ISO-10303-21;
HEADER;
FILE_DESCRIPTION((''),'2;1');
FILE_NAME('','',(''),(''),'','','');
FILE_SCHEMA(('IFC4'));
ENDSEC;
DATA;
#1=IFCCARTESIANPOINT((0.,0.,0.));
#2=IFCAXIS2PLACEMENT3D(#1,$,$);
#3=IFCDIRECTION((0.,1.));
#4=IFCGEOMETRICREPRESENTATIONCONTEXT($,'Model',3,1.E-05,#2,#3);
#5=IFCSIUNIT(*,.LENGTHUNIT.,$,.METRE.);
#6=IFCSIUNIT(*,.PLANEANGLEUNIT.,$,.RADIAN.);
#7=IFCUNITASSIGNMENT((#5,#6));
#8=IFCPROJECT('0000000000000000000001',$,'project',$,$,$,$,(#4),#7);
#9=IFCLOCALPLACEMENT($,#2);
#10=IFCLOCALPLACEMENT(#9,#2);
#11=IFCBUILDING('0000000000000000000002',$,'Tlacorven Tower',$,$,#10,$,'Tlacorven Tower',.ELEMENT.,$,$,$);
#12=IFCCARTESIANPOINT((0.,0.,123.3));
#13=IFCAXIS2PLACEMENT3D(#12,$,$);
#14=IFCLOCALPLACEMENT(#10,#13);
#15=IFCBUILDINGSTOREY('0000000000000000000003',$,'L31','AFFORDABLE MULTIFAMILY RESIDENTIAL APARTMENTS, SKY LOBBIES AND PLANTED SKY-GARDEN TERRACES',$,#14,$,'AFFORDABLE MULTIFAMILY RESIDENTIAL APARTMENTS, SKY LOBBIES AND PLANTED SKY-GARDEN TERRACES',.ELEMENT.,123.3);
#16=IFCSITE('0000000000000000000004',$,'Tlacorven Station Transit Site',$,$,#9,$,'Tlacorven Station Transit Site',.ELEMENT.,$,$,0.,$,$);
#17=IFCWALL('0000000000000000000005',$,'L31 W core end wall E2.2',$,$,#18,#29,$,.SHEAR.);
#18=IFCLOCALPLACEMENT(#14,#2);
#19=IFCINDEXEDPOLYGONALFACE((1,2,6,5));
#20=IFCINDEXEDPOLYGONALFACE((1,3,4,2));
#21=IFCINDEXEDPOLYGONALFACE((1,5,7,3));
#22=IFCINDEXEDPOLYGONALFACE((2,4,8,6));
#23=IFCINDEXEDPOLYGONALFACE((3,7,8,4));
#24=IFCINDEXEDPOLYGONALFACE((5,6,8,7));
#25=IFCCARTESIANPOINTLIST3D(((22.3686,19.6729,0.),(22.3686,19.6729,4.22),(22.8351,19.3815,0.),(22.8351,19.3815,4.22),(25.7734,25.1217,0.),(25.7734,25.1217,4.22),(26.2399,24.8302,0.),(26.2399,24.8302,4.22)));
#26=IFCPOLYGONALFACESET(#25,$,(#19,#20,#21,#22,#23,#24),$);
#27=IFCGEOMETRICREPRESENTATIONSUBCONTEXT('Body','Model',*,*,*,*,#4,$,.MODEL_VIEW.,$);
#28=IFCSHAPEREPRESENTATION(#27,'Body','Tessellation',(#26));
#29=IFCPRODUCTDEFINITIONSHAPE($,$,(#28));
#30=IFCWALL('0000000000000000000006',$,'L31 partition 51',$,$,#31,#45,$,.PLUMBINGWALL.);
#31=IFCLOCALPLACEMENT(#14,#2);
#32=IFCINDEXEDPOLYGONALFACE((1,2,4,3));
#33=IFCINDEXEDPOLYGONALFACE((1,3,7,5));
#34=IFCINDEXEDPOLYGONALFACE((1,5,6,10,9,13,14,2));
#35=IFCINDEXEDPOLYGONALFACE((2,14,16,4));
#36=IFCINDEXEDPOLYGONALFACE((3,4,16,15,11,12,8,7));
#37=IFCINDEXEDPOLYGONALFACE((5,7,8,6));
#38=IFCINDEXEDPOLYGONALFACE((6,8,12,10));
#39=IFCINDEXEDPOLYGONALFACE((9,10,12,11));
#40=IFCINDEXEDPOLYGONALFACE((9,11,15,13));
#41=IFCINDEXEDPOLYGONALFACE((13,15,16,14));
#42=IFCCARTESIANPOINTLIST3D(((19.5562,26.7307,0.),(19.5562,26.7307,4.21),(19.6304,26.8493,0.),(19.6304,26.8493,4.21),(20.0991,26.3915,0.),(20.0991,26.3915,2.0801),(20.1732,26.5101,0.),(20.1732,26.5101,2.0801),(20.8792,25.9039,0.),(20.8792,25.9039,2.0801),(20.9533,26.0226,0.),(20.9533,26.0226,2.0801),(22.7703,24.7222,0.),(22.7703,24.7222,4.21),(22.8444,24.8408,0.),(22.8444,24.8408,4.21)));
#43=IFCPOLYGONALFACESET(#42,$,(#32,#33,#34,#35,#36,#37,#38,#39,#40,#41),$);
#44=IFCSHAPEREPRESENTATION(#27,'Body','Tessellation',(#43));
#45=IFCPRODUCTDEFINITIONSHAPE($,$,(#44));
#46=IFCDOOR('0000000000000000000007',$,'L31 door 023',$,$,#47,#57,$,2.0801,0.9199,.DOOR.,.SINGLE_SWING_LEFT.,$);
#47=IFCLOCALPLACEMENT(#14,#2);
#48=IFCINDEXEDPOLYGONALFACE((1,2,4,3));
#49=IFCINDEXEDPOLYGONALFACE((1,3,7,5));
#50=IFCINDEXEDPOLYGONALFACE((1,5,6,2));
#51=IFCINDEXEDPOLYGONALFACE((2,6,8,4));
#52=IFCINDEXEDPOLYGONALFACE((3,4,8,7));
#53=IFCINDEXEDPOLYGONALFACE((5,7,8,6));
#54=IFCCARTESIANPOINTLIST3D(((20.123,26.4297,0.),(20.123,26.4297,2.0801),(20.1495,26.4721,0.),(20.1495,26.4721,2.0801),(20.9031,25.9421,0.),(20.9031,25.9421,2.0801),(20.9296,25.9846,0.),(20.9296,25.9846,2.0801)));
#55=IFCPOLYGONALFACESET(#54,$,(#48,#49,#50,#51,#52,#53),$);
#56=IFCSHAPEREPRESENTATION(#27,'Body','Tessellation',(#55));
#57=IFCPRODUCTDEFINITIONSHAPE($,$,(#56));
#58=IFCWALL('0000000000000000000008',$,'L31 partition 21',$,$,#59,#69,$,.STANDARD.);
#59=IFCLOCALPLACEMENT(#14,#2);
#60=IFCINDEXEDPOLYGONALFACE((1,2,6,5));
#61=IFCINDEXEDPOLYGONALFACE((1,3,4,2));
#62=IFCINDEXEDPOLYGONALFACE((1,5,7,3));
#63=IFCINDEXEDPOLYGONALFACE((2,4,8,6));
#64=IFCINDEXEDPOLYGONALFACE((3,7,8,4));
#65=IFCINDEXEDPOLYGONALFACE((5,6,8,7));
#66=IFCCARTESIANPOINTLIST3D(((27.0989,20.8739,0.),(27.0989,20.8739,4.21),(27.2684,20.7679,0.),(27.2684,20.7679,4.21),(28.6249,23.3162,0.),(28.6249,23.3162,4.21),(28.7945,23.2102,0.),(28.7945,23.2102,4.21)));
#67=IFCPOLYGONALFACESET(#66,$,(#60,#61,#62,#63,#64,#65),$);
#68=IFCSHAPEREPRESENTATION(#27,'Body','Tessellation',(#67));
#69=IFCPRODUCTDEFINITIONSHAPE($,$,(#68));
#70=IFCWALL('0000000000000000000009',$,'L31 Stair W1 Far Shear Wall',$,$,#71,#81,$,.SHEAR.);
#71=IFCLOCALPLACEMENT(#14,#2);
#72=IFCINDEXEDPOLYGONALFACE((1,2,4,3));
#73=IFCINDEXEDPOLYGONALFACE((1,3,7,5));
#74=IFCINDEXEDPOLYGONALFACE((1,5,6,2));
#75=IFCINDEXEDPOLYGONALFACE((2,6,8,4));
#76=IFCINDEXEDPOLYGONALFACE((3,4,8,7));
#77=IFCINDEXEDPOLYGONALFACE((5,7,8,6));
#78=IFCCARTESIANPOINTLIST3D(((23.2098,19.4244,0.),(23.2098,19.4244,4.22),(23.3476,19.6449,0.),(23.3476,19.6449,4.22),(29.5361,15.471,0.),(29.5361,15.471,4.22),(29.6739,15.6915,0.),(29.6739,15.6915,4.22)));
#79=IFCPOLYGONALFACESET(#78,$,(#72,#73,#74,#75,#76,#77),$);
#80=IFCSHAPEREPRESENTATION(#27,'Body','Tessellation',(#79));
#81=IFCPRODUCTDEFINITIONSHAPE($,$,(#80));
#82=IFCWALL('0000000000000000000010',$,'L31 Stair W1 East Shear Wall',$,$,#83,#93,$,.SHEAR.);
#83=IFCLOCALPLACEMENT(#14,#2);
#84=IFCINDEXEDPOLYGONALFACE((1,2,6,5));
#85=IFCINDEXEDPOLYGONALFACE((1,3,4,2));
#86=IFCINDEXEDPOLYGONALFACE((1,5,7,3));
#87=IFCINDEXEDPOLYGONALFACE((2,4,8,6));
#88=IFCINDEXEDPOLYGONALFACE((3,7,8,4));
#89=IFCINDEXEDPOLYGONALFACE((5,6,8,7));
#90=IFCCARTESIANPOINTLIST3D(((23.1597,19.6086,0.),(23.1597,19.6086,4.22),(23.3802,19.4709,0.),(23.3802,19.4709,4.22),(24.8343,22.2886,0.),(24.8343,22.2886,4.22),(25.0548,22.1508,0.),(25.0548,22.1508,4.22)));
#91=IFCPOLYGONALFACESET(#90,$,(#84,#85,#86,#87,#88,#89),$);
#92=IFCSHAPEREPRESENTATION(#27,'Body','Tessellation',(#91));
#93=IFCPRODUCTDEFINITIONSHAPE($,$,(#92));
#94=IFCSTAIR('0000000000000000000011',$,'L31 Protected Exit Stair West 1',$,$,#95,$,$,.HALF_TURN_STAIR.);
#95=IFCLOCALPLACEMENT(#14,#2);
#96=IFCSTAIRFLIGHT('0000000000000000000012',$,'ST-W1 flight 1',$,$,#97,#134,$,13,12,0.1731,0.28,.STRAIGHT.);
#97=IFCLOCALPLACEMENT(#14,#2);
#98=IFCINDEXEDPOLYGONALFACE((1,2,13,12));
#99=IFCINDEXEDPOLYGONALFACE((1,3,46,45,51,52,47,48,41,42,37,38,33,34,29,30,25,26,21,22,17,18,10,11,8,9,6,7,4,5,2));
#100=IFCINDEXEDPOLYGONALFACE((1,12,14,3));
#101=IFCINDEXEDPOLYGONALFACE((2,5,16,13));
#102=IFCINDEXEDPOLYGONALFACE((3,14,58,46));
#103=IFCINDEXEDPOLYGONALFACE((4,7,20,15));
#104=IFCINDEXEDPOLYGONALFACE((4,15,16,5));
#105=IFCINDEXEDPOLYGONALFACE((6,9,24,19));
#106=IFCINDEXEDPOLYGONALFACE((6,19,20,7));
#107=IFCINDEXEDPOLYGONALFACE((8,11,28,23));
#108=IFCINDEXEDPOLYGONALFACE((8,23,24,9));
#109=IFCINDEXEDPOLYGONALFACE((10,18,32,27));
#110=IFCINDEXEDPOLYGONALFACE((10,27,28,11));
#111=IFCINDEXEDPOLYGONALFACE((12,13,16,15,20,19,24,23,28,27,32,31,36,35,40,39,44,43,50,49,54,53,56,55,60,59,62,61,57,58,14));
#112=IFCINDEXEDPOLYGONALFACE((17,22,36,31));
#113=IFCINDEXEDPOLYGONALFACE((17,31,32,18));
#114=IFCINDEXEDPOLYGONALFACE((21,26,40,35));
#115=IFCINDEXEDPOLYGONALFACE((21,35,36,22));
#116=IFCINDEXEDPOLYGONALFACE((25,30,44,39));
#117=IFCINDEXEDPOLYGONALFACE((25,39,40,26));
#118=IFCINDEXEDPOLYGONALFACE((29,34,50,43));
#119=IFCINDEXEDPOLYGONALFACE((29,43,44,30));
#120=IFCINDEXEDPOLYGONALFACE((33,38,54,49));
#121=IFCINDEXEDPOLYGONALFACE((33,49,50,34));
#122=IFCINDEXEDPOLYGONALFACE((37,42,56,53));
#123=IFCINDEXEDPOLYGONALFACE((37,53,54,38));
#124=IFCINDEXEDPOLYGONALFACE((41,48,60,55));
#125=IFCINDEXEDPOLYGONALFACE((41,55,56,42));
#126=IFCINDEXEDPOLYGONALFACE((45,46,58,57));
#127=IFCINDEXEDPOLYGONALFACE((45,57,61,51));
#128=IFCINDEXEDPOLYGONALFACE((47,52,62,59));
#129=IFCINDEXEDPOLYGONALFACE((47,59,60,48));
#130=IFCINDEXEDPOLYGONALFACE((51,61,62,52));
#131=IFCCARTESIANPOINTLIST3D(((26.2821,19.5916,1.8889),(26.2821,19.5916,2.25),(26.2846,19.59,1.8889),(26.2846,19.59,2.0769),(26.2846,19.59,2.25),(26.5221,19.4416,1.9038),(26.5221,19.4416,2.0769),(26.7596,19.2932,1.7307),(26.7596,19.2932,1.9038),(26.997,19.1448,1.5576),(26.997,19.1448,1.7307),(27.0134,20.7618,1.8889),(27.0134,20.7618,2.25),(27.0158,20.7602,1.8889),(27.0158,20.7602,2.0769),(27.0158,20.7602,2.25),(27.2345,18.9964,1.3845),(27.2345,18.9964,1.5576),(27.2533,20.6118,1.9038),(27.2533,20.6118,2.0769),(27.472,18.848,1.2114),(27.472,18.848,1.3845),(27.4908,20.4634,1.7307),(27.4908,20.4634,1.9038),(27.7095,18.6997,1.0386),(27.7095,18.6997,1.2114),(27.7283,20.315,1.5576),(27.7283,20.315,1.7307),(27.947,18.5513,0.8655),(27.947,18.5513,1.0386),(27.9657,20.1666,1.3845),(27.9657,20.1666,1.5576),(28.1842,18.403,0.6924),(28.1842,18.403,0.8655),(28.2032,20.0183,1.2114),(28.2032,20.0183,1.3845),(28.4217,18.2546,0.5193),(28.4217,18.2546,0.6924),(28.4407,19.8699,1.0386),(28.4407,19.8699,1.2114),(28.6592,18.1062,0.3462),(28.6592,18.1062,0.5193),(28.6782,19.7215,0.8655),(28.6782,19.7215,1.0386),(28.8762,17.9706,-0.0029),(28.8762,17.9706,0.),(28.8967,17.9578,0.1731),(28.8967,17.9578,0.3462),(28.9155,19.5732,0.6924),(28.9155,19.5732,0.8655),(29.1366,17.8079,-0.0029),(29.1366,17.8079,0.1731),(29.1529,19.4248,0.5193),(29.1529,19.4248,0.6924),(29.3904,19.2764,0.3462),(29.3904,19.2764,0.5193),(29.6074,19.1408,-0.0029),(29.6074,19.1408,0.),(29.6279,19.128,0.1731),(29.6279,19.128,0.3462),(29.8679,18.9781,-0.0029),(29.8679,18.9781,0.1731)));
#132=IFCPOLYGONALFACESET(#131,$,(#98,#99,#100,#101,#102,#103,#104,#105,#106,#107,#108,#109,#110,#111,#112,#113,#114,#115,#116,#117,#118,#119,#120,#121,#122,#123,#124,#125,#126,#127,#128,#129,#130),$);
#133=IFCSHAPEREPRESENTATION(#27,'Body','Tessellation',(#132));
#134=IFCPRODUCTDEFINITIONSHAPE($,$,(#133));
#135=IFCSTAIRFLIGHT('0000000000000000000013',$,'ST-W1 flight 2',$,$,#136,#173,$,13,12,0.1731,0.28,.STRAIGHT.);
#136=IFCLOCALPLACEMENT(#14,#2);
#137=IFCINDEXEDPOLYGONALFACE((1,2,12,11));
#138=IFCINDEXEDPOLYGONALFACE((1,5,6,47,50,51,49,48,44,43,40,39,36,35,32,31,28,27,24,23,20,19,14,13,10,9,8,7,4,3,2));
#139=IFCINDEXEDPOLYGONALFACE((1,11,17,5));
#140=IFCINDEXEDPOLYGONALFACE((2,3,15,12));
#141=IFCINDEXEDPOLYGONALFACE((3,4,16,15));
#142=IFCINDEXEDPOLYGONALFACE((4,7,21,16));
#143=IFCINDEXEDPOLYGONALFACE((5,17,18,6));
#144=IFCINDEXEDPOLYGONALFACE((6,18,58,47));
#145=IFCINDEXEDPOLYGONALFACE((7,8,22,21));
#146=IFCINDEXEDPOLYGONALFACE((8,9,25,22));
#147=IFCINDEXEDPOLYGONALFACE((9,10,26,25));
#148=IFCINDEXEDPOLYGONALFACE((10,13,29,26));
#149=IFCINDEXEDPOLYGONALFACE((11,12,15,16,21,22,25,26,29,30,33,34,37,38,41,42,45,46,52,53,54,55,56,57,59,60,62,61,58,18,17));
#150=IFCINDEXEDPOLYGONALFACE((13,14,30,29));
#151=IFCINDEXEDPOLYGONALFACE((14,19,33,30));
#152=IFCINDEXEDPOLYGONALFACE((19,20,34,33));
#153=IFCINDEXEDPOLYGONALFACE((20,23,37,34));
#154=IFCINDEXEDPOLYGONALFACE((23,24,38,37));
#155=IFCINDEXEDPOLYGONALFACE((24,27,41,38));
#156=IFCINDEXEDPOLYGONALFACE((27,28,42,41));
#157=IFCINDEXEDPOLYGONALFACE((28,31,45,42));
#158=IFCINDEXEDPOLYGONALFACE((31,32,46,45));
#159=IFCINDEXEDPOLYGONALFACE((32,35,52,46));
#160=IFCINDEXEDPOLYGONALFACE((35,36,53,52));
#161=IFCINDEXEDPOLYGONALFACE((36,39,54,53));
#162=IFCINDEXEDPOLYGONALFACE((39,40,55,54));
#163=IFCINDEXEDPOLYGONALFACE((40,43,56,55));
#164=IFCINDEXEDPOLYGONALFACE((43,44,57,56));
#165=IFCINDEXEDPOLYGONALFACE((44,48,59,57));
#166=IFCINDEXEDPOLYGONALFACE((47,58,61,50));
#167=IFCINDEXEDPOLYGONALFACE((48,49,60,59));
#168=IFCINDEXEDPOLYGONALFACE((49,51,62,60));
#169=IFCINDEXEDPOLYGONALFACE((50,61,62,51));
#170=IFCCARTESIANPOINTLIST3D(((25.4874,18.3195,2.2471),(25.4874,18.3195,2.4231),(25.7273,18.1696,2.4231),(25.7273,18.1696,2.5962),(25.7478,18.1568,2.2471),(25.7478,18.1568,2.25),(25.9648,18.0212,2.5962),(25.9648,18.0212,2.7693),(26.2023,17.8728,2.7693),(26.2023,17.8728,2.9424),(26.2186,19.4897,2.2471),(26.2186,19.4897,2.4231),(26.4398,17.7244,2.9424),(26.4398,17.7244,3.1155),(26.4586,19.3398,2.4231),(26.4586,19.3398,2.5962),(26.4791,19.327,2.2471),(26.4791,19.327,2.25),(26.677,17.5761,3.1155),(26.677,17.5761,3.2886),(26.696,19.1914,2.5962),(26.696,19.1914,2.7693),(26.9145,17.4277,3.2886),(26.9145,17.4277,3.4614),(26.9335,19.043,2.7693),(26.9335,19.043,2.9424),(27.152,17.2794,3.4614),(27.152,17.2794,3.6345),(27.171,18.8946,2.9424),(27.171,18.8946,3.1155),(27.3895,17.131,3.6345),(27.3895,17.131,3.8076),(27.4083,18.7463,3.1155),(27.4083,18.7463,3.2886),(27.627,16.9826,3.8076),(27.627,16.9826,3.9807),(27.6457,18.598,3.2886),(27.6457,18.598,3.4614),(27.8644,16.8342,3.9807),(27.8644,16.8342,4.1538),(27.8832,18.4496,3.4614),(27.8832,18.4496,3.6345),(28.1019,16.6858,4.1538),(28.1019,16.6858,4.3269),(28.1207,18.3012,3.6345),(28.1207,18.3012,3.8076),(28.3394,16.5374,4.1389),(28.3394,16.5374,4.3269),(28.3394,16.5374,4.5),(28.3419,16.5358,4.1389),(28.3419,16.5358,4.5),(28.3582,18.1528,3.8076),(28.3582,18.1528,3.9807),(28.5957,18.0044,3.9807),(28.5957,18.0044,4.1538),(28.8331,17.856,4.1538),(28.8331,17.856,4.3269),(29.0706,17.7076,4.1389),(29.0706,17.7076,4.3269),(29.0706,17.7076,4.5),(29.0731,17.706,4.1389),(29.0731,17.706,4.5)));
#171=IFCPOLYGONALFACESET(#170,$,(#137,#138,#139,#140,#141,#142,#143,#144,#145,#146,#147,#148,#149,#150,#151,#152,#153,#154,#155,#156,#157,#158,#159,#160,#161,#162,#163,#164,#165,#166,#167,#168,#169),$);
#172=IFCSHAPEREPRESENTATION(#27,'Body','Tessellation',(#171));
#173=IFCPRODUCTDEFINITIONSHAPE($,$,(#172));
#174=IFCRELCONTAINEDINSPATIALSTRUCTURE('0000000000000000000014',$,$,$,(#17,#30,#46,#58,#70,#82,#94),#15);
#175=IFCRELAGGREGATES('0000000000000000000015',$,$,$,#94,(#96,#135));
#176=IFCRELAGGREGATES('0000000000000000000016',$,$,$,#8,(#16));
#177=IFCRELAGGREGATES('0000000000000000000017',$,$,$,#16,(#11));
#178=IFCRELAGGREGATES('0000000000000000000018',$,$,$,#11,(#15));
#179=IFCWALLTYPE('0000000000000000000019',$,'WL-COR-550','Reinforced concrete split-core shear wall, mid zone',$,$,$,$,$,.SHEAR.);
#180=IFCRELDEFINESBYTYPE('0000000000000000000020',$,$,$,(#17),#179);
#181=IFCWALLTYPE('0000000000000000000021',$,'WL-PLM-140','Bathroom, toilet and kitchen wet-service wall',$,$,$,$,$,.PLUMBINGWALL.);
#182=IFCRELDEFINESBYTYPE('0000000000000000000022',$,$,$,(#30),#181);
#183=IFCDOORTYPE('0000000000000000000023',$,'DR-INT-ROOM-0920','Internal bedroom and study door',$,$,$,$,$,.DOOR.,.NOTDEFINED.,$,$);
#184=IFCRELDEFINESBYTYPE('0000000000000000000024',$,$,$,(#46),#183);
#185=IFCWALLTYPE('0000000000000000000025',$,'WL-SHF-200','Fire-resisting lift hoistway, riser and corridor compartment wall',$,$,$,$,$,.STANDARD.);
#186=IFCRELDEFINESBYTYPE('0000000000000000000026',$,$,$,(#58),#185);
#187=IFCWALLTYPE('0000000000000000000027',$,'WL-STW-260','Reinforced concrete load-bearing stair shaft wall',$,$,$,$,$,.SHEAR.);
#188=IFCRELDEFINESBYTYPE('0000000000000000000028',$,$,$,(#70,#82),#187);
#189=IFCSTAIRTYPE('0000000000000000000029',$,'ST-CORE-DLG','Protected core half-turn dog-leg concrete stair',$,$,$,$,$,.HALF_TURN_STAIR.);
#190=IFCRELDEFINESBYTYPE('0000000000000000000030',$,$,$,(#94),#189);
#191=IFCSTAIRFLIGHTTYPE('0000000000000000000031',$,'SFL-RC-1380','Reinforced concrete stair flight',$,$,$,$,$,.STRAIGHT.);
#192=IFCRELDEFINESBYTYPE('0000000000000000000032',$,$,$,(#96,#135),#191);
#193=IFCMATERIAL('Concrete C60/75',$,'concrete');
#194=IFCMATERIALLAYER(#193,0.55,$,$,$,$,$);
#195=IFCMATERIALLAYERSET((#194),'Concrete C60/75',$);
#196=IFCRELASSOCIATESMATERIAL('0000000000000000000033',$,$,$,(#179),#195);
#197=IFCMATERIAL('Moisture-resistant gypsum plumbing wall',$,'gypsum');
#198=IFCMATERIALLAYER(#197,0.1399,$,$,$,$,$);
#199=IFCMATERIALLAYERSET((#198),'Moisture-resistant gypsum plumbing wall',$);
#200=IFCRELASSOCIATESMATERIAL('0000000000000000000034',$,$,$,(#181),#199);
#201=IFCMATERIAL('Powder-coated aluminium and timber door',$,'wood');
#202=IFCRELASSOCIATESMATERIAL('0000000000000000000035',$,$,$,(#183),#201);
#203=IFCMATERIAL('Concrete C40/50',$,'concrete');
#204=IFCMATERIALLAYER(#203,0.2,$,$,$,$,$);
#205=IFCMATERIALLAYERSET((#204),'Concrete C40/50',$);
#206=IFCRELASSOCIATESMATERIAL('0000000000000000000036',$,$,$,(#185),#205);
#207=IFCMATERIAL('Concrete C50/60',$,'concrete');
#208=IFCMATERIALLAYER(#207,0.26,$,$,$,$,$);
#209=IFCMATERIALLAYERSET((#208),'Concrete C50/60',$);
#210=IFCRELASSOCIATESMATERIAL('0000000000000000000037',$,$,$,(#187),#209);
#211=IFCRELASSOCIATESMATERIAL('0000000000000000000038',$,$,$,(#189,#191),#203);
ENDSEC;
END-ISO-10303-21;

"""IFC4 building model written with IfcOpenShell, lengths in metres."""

from ifc_helpers import new_model, si_unit, direction, frame, frame_2d, origin, place, context, subcontext, project, spatial, polyline, rectangle, outline, extrude, source, transform, mapped, material, layer, layer_set, type_object, element, fill, aggregate, save


model = new_model("IFC4")

# Units and contexts
model_context = context("Model", 3, precision=1e-05, world=origin(), true_north=direction((0.0, 1.0)))
body_context = subcontext(model_context, "Body", "Model", "MODEL_VIEW")
ifc_project = project(units=[si_unit("LENGTHUNIT", "METRE"), si_unit("PLANEANGLEUNIT", "RADIAN")], contexts=[model_context])

# Site, building, storey
site_placement = place(None, origin())
site = spatial("IfcSite", under=ifc_project, at=site_placement, Name="Tlacorven Station Transit Site", LongName="Tlacorven Station Transit Site", CompositionType="ELEMENT", RefElevation=0.0)
building_placement = place(site_placement, origin())
building = spatial("IfcBuilding", under=site, at=building_placement, Name="Tlacorven Tower", LongName="Tlacorven Tower", CompositionType="ELEMENT")
storey_placement = place(building_placement, frame((0.0, 0.0, 123.3)))
storey = spatial("IfcBuildingStorey", under=building, at=storey_placement, Name="L31", Description="AFFORDABLE MULTIFAMILY RESIDENTIAL APARTMENTS, SKY LOBBIES AND PLANTED SKY-GARDEN TERRACES", LongName="AFFORDABLE MULTIFAMILY RESIDENTIAL APARTMENTS, SKY LOBBIES AND PLANTED SKY-GARDEN TERRACES", CompositionType="ELEMENT", Elevation=123.3)

# Wall
ifc_material_1 = material(Name="Concrete C60/75", Category="concrete")
ifc_layer_1 = layer(ifc_material_1, 0.55)
ifc_layer_set_1 = layer_set([ifc_layer_1], Name="Concrete C60/75")
wall_type_1 = type_object("IfcWallType", Name="WL-COR-550", Description="Reinforced concrete split-core shear wall, mid zone", PredefinedType="SHEAR", material=ifc_layer_set_1)
wall_1_placement = place(storey_placement, frame((26.0066, 24.9758, 0.0), z_axis=(0.0, 0.0, 1.0), x_axis=(-0.529924, -0.848045, 0.0)))
element("IfcWall", 1, at=wall_1_placement, inside=storey, type_object=wall_type_1, Name="L31 W core end wall E2.2", PredefinedType="SHEAR", context=body_context, shape_type="SweptSolid", body=[
    extrude(rectangle(XDim=6.425, YDim=0.55, at=frame_2d((3.2124, 0.0))), origin(), (0.0, 0.0, 1.0), 4.22),
])

# Wall, opening, door
ifc_material_2 = material(Name="Moisture-resistant gypsum plumbing wall", Category="gypsum")
ifc_layer_2 = layer(ifc_material_2, 0.1399)
ifc_layer_set_2 = layer_set([ifc_layer_2], Name="Moisture-resistant gypsum plumbing wall")
wall_type_2 = type_object("IfcWallType", Name="WL-PLM-140", Description="Bathroom, toilet and kitchen wet-service wall", PredefinedType="PLUMBINGWALL", material=ifc_layer_set_2)
wall_2_placement = place(storey_placement, frame((22.8074, 24.7815, 0.0), z_axis=(0.0, 0.0, 1.0), x_axis=(-0.848031, 0.529947, 0.0)))
wall_2 = element("IfcWall", 2, at=wall_2_placement, inside=storey, type_object=wall_type_2, Name="L31 partition 51", PredefinedType="PLUMBINGWALL", context=body_context, shape_type="SweptSolid", body=[
    extrude(rectangle(XDim=3.79, YDim=0.1399, at=frame_2d((1.895, 0.0))), origin(), (0.0, 0.0, 1.0), 4.21),
])
opening_placement = place(wall_2_placement, frame((2.23, 0.0, 0.0)))
opening = element("IfcOpeningElement", 3, at=opening_placement, cuts=wall_2, PredefinedType="OPENING", context=body_context, shape_type="SweptSolid", body=[
    extrude(rectangle(XDim=0.9199, YDim=2.0801, at=frame_2d((0.46, 1.04))), frame((0.0, 0.0801, 0.0), z_axis=(0.0, -1.0, 0.0), x_axis=(1.0, 0.0, 0.0)), (0.0, 0.0, 1.0), 0.1599),
])
ifc_material_3 = material(Name="Powder-coated aluminium and timber door", Category="wood")
door_type = type_object("IfcDoorType", Name="DR-INT-ROOM-0920", Description="Internal bedroom and study door", OperationType="NOTDEFINED", PredefinedType="DOOR", material=ifc_material_3)
shared_shape_1 = source(origin(), body_context, "Body", "SweptSolid", [
    extrude(rectangle(XDim=0.9199, YDim=2.0801, at=frame_2d((0.46, 1.04))), frame((0.0, 0.0249, 0.0), z_axis=(0.0, -1.0, 0.0), x_axis=(1.0, 0.0, 0.0)), (0.0, 0.0, 1.0), 0.05),
])
door_placement = place(opening_placement, origin())
door = element("IfcDoor", 4, at=door_placement, inside=storey, type_object=door_type, Name="L31 door 023", OperationType="SINGLE_SWING_LEFT", OverallHeight=2.0801, OverallWidth=0.9199, PredefinedType="DOOR", context=body_context, shape_type="MappedRepresentation", body=[
    mapped(shared_shape_1, transform((0.0, 0.0, 0.0), scale=1.0)),
])
fill(opening, door)

# Walls
ifc_material_4 = material(Name="Concrete C40/50", Category="concrete")
ifc_layer_3 = layer(ifc_material_4, 0.2)
ifc_layer_set_3 = layer_set([ifc_layer_3], Name="Concrete C40/50")
wall_type_3 = type_object("IfcWallType", Name="WL-SHF-200", Description="Fire-resisting lift hoistway, riser and corridor compartment wall", PredefinedType="STANDARD", material=ifc_layer_set_3)
wall_3_placement = place(storey_placement, frame((28.7097, 23.2632, 0.0), z_axis=(0.0, 0.0, 1.0), x_axis=(-0.529907, -0.848055, 0.0)))
element("IfcWall", 5, at=wall_3_placement, inside=storey, type_object=wall_type_3, Name="L31 partition 21", PredefinedType="STANDARD", context=body_context, shape_type="SweptSolid", body=[
    extrude(rectangle(XDim=2.8799, YDim=0.2, at=frame_2d((1.4399, 0.0))), origin(), (0.0, 0.0, 1.0), 4.21),
])
ifc_material_5 = material(Name="Concrete C50/60", Category="concrete")
ifc_layer_4 = layer(ifc_material_5, 0.26)
ifc_layer_set_4 = layer_set([ifc_layer_4], Name="Concrete C50/60")
wall_type_4 = type_object("IfcWallType", Name="WL-STW-260", Description="Reinforced concrete load-bearing stair shaft wall", PredefinedType="SHEAR", material=ifc_layer_set_4)
wall_4_placement = place(storey_placement, frame((29.605, 15.5813, 0.0), z_axis=(0.0, 0.0, 1.0), x_axis=(-0.848037, 0.529937, 0.0)))
element("IfcWall", 6, at=wall_4_placement, inside=storey, type_object=wall_type_4, Name="L31 Stair W1 Far Shear Wall", PredefinedType="SHEAR", context=body_context, shape_type="SweptSolid", body=[
    extrude(rectangle(XDim=7.46, YDim=0.26, at=frame_2d((3.73, 0.0))), origin(), (0.0, 0.0, 1.0), 4.22),
])
wall_5_placement = place(storey_placement, frame((24.9446, 22.2197, 0.0), z_axis=(0.0, 0.0, 1.0), x_axis=(-0.529909, -0.848055, 0.0)))
element("IfcWall", 7, at=wall_5_placement, inside=storey, type_object=wall_type_4, Name="L31 Stair W1 East Shear Wall", PredefinedType="SHEAR", context=body_context, shape_type="SweptSolid", body=[
    extrude(rectangle(XDim=3.1602, YDim=0.26, at=frame_2d((1.5801, 0.0))), origin(), (0.0, 0.0, 1.0), 4.22),
])

# Stair, stair flights
stair_type = type_object("IfcStairType", Name="ST-CORE-DLG", Description="Protected core half-turn dog-leg concrete stair", PredefinedType="HALF_TURN_STAIR", material=ifc_material_4)
stair_placement = place(storey_placement, origin())
stair = element("IfcStair", 8, at=stair_placement, inside=storey, type_object=stair_type, Name="L31 Protected Exit Stair West 1", PredefinedType="HALF_TURN_STAIR")
stair_flight_type = type_object("IfcStairFlightType", Name="SFL-RC-1380", Description="Reinforced concrete stair flight", PredefinedType="STRAIGHT", material=ifc_material_4)
shared_shape_2 = source(origin(), body_context, "Body", "SweptSolid", [
    extrude(outline(polyline([(-0.0029, -0.0029), (-0.0029, 0.1731), (0.28, 0.1731), (0.28, 0.3462), (0.5601, 0.3462), (0.5601, 0.5193), (0.8401, 0.5193), (0.8401, 0.6924), (1.1201, 0.6924), (1.1201, 0.8655), (1.3999, 0.8655), (1.3999, 1.0386), (1.6799, 1.0386), (1.6799, 1.2114), (1.96, 1.2114), (1.96, 1.3845), (2.24, 1.3845), (2.24, 1.5576), (2.52, 1.5576), (2.52, 1.7307), (2.8, 1.7307), (2.8, 1.9038), (3.0801, 1.9038), (3.0801, 2.0769), (3.3601, 2.0769), (3.3601, 2.25), (3.363, 2.25), (3.363, 1.8889), (3.3601, 1.8889), (0.3042, 0.0), (0.3042, -0.0029), (-0.0029, -0.0029)])), frame((0.0, 0.6899, 0.0), z_axis=(0.0, -1.0, 0.0), x_axis=(1.0, 0.0, 0.0)), (0.0, 0.0, 1.0), 1.3799),
])
stair_flight_1_placement = place(storey_placement, frame((29.4998, 18.3945, 0.0), z_axis=(0.0, 0.0, 1.0), x_axis=(-0.848048, 0.529919, 0.0)))
stair_flight_1 = element("IfcStairFlight", 9, at=stair_flight_1_placement, type_object=stair_flight_type, Name="ST-W1 flight 1", NumberOfRisers=13, NumberOfTreads=12, PredefinedType="STRAIGHT", RiserHeight=0.1731, TreadLength=0.28, context=body_context, shape_type="MappedRepresentation", body=[
    mapped(shared_shape_2, transform((0.0, 0.0, 0.0), scale=1.0)),
])
stair_flight_2_placement = place(storey_placement, frame((25.8555, 18.9031, 2.25), z_axis=(0.0, 0.0, 1.0), x_axis=(0.848048, -0.529919, 0.0)))
stair_flight_2 = element("IfcStairFlight", 10, at=stair_flight_2_placement, type_object=stair_flight_type, Name="ST-W1 flight 2", NumberOfRisers=13, NumberOfTreads=12, PredefinedType="STRAIGHT", RiserHeight=0.1731, TreadLength=0.28, context=body_context, shape_type="MappedRepresentation", body=[
    mapped(shared_shape_2, transform((0.0, 0.0, 0.0), scale=1.0)),
])
aggregate(stair, [stair_flight_1, stair_flight_2])

save(model, "model.ifc")
